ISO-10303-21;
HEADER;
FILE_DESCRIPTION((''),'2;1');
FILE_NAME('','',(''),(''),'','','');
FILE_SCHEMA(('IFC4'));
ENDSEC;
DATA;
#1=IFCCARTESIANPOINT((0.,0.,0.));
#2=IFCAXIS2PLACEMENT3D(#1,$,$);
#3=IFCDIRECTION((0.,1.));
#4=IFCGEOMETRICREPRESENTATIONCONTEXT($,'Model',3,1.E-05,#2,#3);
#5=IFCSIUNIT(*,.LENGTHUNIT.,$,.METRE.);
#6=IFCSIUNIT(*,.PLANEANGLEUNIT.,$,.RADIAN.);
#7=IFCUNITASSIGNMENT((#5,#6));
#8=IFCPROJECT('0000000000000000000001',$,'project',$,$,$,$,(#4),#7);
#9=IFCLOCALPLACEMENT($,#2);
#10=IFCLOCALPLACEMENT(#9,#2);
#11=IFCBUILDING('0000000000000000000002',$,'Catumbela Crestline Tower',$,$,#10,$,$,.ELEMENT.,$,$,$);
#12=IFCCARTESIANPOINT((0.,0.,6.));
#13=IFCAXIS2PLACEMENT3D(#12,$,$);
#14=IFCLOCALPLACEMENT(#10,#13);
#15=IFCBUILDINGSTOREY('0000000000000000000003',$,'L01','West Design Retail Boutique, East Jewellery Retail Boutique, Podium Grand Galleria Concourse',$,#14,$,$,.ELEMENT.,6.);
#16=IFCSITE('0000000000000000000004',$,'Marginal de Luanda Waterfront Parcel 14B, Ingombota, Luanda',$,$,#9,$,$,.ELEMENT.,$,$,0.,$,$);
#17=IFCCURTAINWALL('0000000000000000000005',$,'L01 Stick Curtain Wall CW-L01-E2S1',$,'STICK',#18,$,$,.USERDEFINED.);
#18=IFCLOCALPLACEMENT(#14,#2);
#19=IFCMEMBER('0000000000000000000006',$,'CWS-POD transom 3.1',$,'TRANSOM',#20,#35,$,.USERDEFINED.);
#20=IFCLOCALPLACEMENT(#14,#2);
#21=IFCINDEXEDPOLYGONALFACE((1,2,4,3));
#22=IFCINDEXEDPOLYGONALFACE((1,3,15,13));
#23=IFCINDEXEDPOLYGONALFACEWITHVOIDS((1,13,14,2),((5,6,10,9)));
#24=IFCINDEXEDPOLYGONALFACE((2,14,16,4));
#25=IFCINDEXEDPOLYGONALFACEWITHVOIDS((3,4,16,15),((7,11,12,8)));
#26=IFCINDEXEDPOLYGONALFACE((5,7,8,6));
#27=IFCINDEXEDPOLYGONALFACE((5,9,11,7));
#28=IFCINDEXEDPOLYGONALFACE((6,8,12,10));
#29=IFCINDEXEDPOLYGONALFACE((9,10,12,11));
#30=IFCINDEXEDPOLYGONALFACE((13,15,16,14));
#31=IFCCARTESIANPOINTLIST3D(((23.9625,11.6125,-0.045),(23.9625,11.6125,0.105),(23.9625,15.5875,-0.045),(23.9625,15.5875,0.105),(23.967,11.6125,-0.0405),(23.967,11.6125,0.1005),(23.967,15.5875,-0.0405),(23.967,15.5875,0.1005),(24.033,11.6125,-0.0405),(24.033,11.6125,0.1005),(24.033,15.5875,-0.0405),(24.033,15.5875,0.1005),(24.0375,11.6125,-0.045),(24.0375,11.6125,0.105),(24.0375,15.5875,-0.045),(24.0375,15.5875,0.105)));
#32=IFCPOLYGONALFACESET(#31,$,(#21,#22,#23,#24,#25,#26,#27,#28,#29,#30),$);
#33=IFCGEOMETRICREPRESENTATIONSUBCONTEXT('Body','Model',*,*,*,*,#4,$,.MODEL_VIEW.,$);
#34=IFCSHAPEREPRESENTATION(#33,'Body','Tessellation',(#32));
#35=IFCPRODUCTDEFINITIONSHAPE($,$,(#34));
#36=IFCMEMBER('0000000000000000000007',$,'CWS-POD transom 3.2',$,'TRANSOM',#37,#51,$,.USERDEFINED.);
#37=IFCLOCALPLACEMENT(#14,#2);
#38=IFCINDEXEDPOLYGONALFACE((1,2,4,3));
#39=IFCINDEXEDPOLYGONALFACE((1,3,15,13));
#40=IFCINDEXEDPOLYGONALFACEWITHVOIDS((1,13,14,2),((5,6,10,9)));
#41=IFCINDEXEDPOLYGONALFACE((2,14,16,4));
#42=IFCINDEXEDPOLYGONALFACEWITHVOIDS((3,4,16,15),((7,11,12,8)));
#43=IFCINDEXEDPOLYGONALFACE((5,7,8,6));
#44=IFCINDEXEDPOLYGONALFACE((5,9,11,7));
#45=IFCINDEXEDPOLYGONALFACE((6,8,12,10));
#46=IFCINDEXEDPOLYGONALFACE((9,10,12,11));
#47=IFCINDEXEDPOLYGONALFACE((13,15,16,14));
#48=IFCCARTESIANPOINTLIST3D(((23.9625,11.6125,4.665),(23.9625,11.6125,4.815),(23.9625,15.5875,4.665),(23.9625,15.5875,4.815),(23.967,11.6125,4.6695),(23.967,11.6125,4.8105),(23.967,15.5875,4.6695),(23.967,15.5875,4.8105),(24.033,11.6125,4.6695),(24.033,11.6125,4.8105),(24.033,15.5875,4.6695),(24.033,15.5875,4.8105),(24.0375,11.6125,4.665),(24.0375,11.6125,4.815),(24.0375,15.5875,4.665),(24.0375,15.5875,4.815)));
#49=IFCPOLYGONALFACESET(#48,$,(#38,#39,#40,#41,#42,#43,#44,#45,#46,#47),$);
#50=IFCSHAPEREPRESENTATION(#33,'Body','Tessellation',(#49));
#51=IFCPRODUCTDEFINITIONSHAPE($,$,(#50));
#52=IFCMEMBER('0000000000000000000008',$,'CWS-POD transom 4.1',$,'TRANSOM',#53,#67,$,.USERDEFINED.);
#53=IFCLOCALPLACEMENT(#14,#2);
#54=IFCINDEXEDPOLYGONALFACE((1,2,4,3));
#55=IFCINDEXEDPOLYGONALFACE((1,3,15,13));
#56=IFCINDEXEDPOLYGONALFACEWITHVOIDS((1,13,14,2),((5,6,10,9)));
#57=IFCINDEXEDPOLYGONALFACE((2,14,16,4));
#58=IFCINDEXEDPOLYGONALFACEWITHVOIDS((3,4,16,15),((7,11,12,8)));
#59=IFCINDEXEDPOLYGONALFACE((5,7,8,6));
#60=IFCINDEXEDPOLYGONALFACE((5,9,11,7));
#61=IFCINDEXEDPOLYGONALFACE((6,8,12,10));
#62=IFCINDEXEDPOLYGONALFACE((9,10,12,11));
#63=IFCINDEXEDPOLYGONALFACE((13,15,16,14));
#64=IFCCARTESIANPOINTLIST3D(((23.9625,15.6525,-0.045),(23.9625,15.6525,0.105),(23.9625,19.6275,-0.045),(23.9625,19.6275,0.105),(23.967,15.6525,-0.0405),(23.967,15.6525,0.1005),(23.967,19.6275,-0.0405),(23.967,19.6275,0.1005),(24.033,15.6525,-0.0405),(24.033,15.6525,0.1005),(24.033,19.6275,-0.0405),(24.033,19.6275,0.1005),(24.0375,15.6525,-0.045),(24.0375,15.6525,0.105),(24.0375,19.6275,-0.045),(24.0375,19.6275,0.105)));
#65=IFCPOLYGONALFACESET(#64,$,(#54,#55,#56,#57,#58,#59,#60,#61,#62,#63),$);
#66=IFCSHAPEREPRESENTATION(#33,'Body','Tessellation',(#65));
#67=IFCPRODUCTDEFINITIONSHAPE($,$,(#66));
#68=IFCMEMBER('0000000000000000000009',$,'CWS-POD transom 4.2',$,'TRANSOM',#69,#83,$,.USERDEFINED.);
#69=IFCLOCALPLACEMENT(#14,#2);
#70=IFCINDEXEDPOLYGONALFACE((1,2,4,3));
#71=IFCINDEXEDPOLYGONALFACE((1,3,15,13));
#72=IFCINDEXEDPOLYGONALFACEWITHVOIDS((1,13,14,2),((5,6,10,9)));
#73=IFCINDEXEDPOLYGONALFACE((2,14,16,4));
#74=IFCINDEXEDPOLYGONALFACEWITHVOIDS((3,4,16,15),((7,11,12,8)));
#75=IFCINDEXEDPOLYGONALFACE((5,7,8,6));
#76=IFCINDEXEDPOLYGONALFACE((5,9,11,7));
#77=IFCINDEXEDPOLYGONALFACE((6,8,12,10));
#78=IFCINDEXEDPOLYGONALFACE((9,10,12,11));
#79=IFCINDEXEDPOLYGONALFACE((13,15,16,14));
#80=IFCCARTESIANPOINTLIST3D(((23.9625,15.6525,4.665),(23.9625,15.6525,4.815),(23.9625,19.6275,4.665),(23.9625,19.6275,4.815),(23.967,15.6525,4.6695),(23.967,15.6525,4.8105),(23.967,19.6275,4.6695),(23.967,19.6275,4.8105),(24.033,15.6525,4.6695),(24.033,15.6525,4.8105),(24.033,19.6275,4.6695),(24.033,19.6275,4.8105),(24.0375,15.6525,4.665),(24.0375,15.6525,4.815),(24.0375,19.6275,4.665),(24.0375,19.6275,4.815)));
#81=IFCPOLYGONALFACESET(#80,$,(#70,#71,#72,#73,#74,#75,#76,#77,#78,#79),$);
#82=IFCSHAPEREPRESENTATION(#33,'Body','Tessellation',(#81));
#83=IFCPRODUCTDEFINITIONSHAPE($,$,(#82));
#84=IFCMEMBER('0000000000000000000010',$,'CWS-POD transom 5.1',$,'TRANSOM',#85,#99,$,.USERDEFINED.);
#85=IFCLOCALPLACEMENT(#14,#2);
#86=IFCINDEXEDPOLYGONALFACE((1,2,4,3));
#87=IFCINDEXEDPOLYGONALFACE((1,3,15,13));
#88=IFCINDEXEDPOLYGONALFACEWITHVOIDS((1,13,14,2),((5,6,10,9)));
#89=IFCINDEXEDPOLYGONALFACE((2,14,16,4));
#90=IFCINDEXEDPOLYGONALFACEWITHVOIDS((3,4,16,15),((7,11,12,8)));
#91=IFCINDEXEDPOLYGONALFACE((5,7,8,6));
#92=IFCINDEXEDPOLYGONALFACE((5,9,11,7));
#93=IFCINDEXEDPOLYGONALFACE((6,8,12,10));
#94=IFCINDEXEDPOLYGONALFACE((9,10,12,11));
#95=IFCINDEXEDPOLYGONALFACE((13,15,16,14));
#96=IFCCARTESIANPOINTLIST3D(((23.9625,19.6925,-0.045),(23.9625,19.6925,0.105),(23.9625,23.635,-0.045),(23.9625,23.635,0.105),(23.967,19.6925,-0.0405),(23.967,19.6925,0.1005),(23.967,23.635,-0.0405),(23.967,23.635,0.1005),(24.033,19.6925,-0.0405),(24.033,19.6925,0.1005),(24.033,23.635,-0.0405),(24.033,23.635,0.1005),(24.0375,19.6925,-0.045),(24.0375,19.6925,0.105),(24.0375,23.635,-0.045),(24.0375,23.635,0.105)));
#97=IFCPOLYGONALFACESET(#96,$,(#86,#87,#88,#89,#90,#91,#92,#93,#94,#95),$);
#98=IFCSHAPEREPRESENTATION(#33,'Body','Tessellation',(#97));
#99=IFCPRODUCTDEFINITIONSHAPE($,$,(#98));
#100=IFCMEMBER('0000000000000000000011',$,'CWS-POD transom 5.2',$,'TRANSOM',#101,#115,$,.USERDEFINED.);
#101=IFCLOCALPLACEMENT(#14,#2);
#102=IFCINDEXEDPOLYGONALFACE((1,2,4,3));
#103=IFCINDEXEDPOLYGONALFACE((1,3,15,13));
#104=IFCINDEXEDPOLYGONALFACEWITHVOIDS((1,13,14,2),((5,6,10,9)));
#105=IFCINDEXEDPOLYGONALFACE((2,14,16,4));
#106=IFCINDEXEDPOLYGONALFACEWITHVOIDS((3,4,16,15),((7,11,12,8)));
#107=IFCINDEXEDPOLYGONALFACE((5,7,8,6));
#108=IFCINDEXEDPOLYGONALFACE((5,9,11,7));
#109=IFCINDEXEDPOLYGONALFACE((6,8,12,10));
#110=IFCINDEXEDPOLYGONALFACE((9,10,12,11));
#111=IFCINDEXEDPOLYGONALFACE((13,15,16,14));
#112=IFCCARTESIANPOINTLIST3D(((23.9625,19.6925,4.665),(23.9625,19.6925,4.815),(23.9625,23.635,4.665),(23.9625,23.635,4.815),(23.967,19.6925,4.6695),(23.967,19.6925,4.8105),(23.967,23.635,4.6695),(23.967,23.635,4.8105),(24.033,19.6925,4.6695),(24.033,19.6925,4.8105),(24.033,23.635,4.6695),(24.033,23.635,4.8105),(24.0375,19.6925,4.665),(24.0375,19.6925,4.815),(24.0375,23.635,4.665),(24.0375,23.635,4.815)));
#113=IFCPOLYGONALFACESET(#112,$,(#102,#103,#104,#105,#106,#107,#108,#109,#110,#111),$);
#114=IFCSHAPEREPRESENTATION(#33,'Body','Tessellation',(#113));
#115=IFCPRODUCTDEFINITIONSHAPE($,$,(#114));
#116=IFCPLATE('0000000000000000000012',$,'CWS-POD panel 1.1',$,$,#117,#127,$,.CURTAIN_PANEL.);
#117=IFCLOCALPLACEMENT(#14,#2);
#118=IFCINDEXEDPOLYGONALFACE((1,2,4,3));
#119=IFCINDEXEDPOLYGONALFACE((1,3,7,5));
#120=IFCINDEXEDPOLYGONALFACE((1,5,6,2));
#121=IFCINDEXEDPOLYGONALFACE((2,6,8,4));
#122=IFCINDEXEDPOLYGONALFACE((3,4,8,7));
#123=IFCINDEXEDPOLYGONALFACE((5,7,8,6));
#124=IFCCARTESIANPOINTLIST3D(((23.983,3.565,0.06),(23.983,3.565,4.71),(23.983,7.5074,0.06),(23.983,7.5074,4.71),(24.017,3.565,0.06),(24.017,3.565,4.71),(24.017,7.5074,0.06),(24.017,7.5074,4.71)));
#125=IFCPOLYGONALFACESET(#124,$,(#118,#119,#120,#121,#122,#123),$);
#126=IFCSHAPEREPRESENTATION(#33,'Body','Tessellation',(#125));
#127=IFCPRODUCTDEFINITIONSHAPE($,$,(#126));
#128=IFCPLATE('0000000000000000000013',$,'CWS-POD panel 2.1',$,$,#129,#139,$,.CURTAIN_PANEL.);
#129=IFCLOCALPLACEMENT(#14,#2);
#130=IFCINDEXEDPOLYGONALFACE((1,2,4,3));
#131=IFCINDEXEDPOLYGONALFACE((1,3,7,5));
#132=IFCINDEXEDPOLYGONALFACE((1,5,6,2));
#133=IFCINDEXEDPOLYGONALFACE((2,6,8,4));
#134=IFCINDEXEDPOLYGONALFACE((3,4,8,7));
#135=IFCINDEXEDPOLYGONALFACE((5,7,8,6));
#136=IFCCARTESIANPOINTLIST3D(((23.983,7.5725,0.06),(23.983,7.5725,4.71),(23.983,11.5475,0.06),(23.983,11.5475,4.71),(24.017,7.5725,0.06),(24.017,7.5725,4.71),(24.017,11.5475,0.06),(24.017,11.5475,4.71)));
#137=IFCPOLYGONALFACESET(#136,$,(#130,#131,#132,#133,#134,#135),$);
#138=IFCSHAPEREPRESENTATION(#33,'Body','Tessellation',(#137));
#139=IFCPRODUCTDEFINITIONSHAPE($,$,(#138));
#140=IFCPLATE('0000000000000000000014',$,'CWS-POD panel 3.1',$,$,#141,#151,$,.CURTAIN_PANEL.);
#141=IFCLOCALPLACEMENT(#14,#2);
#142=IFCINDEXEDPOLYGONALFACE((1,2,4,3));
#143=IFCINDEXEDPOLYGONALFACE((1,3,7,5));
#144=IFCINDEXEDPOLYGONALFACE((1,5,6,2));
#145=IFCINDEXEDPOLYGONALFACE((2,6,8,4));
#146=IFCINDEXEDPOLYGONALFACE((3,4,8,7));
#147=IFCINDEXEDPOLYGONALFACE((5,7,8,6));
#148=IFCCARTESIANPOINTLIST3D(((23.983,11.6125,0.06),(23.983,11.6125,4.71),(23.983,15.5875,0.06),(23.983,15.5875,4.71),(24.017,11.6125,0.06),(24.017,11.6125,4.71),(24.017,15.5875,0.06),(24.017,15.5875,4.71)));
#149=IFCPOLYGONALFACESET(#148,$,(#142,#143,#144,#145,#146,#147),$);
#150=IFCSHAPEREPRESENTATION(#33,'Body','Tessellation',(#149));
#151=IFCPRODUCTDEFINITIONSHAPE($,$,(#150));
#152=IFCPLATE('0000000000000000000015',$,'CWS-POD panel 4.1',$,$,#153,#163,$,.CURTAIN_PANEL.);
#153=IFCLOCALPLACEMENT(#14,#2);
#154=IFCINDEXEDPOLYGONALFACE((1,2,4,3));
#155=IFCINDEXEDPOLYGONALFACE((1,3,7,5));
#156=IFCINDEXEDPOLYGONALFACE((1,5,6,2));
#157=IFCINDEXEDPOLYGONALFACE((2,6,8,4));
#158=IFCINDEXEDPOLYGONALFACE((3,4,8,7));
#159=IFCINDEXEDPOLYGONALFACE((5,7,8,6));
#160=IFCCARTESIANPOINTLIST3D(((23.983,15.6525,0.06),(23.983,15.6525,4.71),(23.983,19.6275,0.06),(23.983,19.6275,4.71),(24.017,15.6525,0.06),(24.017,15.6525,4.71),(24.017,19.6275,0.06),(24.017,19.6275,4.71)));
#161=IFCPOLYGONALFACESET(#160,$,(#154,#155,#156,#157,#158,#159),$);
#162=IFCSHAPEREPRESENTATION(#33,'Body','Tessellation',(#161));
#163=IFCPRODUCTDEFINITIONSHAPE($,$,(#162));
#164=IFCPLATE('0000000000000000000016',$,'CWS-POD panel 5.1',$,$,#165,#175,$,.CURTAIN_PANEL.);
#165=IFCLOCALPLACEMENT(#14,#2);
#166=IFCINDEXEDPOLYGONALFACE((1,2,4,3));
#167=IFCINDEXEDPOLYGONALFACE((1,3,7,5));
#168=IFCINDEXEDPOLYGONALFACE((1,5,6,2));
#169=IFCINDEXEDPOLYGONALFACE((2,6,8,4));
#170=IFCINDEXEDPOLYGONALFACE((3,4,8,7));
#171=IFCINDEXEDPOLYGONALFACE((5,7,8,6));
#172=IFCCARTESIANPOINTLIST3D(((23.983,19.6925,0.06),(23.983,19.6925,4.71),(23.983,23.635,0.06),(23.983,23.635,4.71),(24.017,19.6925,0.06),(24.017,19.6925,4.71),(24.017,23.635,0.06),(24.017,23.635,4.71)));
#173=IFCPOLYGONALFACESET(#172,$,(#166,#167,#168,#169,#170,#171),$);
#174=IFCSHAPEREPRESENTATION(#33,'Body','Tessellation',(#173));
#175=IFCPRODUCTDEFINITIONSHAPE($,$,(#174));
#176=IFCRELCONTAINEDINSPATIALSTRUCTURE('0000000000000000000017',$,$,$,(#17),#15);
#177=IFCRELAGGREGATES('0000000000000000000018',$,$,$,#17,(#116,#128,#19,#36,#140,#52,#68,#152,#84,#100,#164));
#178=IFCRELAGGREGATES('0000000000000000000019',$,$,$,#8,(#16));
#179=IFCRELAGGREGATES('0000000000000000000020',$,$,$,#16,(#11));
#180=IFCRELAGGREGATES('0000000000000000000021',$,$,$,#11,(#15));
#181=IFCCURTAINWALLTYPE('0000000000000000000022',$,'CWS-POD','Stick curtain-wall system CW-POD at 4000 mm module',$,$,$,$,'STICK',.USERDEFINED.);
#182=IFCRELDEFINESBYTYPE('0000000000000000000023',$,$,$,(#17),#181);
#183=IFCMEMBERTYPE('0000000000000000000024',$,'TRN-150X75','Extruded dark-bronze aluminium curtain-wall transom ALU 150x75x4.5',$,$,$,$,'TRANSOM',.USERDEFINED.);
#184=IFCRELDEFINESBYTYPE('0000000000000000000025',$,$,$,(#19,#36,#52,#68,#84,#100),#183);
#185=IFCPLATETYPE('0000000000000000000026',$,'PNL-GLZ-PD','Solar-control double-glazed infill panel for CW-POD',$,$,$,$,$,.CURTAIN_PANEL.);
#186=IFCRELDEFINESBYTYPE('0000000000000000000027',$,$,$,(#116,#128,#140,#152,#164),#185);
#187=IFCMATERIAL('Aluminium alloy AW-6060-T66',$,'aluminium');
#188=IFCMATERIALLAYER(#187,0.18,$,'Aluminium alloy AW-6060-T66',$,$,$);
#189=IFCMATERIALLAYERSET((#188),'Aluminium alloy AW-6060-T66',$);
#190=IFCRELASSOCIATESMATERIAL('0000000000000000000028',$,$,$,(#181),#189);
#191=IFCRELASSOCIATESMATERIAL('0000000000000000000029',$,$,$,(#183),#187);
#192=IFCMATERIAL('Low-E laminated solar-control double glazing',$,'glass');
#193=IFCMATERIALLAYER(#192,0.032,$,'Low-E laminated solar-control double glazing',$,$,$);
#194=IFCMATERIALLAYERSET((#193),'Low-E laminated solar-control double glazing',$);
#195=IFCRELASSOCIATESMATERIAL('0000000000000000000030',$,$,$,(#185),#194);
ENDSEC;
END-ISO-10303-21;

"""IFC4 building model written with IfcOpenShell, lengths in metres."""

from ifc_helpers import new_model, si_unit, direction, frame, origin, origin_2d, place, context, subcontext, project, spatial, rectangle, hollow_rectangle, extrude, material, layer, layer_set, material_profile, profile_set, type_object, element, aggregate, save


model = new_model("IFC4")

# Units and contexts
model_context = context("Model", 3, precision=1e-05, world=origin(), true_north=direction((0.0, 1.0)))
body_context = subcontext(model_context, "Body", "Model", "MODEL_VIEW")
ifc_project = project(units=[si_unit("LENGTHUNIT", "METRE"), si_unit("PLANEANGLEUNIT", "RADIAN")], contexts=[model_context])

# Site, building, storey
site_placement = place(None, origin())
site = spatial("IfcSite", under=ifc_project, at=site_placement, Name="Marginal de Luanda Waterfront Parcel 14B, Ingombota, Luanda", CompositionType="ELEMENT", RefElevation=0.0)
building_placement = place(site_placement, origin())
building = spatial("IfcBuilding", under=site, at=building_placement, Name="Catumbela Crestline Tower", CompositionType="ELEMENT")
storey_placement = place(building_placement, frame((0.0, 0.0, 6.0)))
storey = spatial("IfcBuildingStorey", under=building, at=storey_placement, Name="L01", Description="West Design Retail Boutique, East Jewellery Retail Boutique, Podium Grand Galleria Concourse", CompositionType="ELEMENT", Elevation=6.0)

# Curtain wall, members, plates
ifc_material_1 = material(Name="Aluminium alloy AW-6060-T66", Category="aluminium")
ifc_layer_1 = layer(ifc_material_1, 0.18, Name="Aluminium alloy AW-6060-T66")
ifc_layer_set_1 = layer_set([ifc_layer_1], Name="Aluminium alloy AW-6060-T66")
curtain_wall_type = type_object("IfcCurtainWallType", Name="CWS-POD", Description="Stick curtain-wall system CW-POD at 4000 mm module", ElementType="STICK", PredefinedType="USERDEFINED", material=ifc_layer_set_1)
curtain_wall_placement = place(storey_placement, origin())
curtain_wall = element("IfcCurtainWall", 1, at=curtain_wall_placement, inside=storey, type_object=curtain_wall_type, Name="L01 Stick Curtain Wall CW-L01-E2S1", ObjectType="STICK", PredefinedType="USERDEFINED")
ifc_material_profile_1 = material_profile(ifc_material_1, hollow_rectangle(XDim=0.075, YDim=0.15, WallThickness=0.0045, at=origin_2d()), Name="ALU 150x75x4.5")
ifc_profile_set_1 = profile_set([ifc_material_profile_1], Name="Aluminium alloy AW-6060-T66")
member_type_1 = type_object("IfcMemberType", Name="TRN-150X75", Description="Extruded dark-bronze aluminium curtain-wall transom ALU 150x75x4.5", ElementType="TRANSOM", PredefinedType="USERDEFINED", material=ifc_profile_set_1)
member_1_placement = place(storey_placement, frame((24.0, 11.6125, 0.03), z_axis=(0.0, 1.0, 0.0), x_axis=(-1.0, 0.0, 0.0)))
member_1 = element("IfcMember", 2, at=member_1_placement, type_object=member_type_1, Name="CWS-POD transom 3.1", ObjectType="TRANSOM", PredefinedType="USERDEFINED", context=body_context, shape_type="SweptSolid", body=[
    extrude(hollow_rectangle(XDim=0.075, YDim=0.15, WallThickness=0.0045, at=origin_2d()), origin(), (0.0, 0.0, 1.0), 3.975),
])
member_2_placement = place(storey_placement, frame((24.0, 11.6125, 4.74), z_axis=(0.0, 1.0, 0.0), x_axis=(-1.0, 0.0, 0.0)))
member_2 = element("IfcMember", 3, at=member_2_placement, type_object=member_type_1, Name="CWS-POD transom 3.2", ObjectType="TRANSOM", PredefinedType="USERDEFINED", context=body_context, shape_type="SweptSolid", body=[
    extrude(hollow_rectangle(XDim=0.075, YDim=0.15, WallThickness=0.0045, at=origin_2d()), origin(), (0.0, 0.0, 1.0), 3.975),
])
member_3_placement = place(storey_placement, frame((24.0, 15.6525, 0.03), z_axis=(0.0, 1.0, 0.0), x_axis=(-1.0, 0.0, 0.0)))
member_3 = element("IfcMember", 4, at=member_3_placement, type_object=member_type_1, Name="CWS-POD transom 4.1", ObjectType="TRANSOM", PredefinedType="USERDEFINED", context=body_context, shape_type="SweptSolid", body=[
    extrude(hollow_rectangle(XDim=0.075, YDim=0.15, WallThickness=0.0045, at=origin_2d()), origin(), (0.0, 0.0, 1.0), 3.975),
])
member_4_placement = place(storey_placement, frame((24.0, 15.6525, 4.74), z_axis=(0.0, 1.0, 0.0), x_axis=(-1.0, 0.0, 0.0)))
member_4 = element("IfcMember", 5, at=member_4_placement, type_object=member_type_1, Name="CWS-POD transom 4.2", ObjectType="TRANSOM", PredefinedType="USERDEFINED", context=body_context, shape_type="SweptSolid", body=[
    extrude(hollow_rectangle(XDim=0.075, YDim=0.15, WallThickness=0.0045, at=origin_2d()), origin(), (0.0, 0.0, 1.0), 3.975),
])
member_5_placement = place(storey_placement, frame((24.0, 19.6925, 0.03), z_axis=(0.0, 1.0, 0.0), x_axis=(-1.0, 0.0, 0.0)))
member_5 = element("IfcMember", 6, at=member_5_placement, type_object=member_type_1, Name="CWS-POD transom 5.1", ObjectType="TRANSOM", PredefinedType="USERDEFINED", context=body_context, shape_type="SweptSolid", body=[
    extrude(hollow_rectangle(XDim=0.075, YDim=0.15, WallThickness=0.0045, at=origin_2d()), origin(), (0.0, 0.0, 1.0), 3.9425),
])
member_6_placement = place(storey_placement, frame((24.0, 19.6925, 4.74), z_axis=(0.0, 1.0, 0.0), x_axis=(-1.0, 0.0, 0.0)))
member_6 = element("IfcMember", 7, at=member_6_placement, type_object=member_type_1, Name="CWS-POD transom 5.2", ObjectType="TRANSOM", PredefinedType="USERDEFINED", context=body_context, shape_type="SweptSolid", body=[
    extrude(hollow_rectangle(XDim=0.075, YDim=0.15, WallThickness=0.0045, at=origin_2d()), origin(), (0.0, 0.0, 1.0), 3.9425),
])
ifc_material_2 = material(Name="Low-E laminated solar-control double glazing", Category="glass")
ifc_layer_2 = layer(ifc_material_2, 0.032, Name="Low-E laminated solar-control double glazing")
ifc_layer_set_2 = layer_set([ifc_layer_2], Name="Low-E laminated solar-control double glazing")
plate_type = type_object("IfcPlateType", Name="PNL-GLZ-PD", Description="Solar-control double-glazed infill panel for CW-POD", PredefinedType="CURTAIN_PANEL", material=ifc_layer_set_2)
plate_1_placement = place(storey_placement, frame((24.0, 5.5362, 0.06), z_axis=(0.0, 0.0, 1.0), x_axis=(0.0, 1.0, 0.0)))
plate_1 = element("IfcPlate", 8, at=plate_1_placement, type_object=plate_type, Name="CWS-POD panel 1.1", PredefinedType="CURTAIN_PANEL", context=body_context, shape_type="SweptSolid", body=[
    extrude(rectangle(XDim=3.9425, YDim=0.034, at=origin_2d()), origin(), (0.0, 0.0, 1.0), 4.65),
])
plate_2_placement = place(storey_placement, frame((24.0, 9.56, 0.06), z_axis=(0.0, 0.0, 1.0), x_axis=(0.0, 1.0, 0.0)))
plate_2 = element("IfcPlate", 9, at=plate_2_placement, type_object=plate_type, Name="CWS-POD panel 2.1", PredefinedType="CURTAIN_PANEL", context=body_context, shape_type="SweptSolid", body=[
    extrude(rectangle(XDim=3.975, YDim=0.034, at=origin_2d()), origin(), (0.0, 0.0, 1.0), 4.65),
])
plate_3_placement = place(storey_placement, frame((24.0, 13.6, 0.06), z_axis=(0.0, 0.0, 1.0), x_axis=(0.0, 1.0, 0.0)))
plate_3 = element("IfcPlate", 10, at=plate_3_placement, type_object=plate_type, Name="CWS-POD panel 3.1", PredefinedType="CURTAIN_PANEL", context=body_context, shape_type="SweptSolid", body=[
    extrude(rectangle(XDim=3.975, YDim=0.034, at=origin_2d()), origin(), (0.0, 0.0, 1.0), 4.65),
])
plate_4_placement = place(storey_placement, frame((24.0, 17.64, 0.06), z_axis=(0.0, 0.0, 1.0), x_axis=(0.0, 1.0, 0.0)))
plate_4 = element("IfcPlate", 11, at=plate_4_placement, type_object=plate_type, Name="CWS-POD panel 4.1", PredefinedType="CURTAIN_PANEL", context=body_context, shape_type="SweptSolid", body=[
    extrude(rectangle(XDim=3.975, YDim=0.034, at=origin_2d()), origin(), (0.0, 0.0, 1.0), 4.65),
])
plate_5_placement = place(storey_placement, frame((24.0, 21.6638, 0.06), z_axis=(0.0, 0.0, 1.0), x_axis=(0.0, 1.0, 0.0)))
plate_5 = element("IfcPlate", 12, at=plate_5_placement, type_object=plate_type, Name="CWS-POD panel 5.1", PredefinedType="CURTAIN_PANEL", context=body_context, shape_type="SweptSolid", body=[
    extrude(rectangle(XDim=3.9425, YDim=0.034, at=origin_2d()), origin(), (0.0, 0.0, 1.0), 4.65),
])
aggregate(curtain_wall, [plate_1, plate_2, member_1, member_2, plate_3, member_3, member_4, plate_4, member_5, member_6, plate_5])

save(model, "model.ifc")
